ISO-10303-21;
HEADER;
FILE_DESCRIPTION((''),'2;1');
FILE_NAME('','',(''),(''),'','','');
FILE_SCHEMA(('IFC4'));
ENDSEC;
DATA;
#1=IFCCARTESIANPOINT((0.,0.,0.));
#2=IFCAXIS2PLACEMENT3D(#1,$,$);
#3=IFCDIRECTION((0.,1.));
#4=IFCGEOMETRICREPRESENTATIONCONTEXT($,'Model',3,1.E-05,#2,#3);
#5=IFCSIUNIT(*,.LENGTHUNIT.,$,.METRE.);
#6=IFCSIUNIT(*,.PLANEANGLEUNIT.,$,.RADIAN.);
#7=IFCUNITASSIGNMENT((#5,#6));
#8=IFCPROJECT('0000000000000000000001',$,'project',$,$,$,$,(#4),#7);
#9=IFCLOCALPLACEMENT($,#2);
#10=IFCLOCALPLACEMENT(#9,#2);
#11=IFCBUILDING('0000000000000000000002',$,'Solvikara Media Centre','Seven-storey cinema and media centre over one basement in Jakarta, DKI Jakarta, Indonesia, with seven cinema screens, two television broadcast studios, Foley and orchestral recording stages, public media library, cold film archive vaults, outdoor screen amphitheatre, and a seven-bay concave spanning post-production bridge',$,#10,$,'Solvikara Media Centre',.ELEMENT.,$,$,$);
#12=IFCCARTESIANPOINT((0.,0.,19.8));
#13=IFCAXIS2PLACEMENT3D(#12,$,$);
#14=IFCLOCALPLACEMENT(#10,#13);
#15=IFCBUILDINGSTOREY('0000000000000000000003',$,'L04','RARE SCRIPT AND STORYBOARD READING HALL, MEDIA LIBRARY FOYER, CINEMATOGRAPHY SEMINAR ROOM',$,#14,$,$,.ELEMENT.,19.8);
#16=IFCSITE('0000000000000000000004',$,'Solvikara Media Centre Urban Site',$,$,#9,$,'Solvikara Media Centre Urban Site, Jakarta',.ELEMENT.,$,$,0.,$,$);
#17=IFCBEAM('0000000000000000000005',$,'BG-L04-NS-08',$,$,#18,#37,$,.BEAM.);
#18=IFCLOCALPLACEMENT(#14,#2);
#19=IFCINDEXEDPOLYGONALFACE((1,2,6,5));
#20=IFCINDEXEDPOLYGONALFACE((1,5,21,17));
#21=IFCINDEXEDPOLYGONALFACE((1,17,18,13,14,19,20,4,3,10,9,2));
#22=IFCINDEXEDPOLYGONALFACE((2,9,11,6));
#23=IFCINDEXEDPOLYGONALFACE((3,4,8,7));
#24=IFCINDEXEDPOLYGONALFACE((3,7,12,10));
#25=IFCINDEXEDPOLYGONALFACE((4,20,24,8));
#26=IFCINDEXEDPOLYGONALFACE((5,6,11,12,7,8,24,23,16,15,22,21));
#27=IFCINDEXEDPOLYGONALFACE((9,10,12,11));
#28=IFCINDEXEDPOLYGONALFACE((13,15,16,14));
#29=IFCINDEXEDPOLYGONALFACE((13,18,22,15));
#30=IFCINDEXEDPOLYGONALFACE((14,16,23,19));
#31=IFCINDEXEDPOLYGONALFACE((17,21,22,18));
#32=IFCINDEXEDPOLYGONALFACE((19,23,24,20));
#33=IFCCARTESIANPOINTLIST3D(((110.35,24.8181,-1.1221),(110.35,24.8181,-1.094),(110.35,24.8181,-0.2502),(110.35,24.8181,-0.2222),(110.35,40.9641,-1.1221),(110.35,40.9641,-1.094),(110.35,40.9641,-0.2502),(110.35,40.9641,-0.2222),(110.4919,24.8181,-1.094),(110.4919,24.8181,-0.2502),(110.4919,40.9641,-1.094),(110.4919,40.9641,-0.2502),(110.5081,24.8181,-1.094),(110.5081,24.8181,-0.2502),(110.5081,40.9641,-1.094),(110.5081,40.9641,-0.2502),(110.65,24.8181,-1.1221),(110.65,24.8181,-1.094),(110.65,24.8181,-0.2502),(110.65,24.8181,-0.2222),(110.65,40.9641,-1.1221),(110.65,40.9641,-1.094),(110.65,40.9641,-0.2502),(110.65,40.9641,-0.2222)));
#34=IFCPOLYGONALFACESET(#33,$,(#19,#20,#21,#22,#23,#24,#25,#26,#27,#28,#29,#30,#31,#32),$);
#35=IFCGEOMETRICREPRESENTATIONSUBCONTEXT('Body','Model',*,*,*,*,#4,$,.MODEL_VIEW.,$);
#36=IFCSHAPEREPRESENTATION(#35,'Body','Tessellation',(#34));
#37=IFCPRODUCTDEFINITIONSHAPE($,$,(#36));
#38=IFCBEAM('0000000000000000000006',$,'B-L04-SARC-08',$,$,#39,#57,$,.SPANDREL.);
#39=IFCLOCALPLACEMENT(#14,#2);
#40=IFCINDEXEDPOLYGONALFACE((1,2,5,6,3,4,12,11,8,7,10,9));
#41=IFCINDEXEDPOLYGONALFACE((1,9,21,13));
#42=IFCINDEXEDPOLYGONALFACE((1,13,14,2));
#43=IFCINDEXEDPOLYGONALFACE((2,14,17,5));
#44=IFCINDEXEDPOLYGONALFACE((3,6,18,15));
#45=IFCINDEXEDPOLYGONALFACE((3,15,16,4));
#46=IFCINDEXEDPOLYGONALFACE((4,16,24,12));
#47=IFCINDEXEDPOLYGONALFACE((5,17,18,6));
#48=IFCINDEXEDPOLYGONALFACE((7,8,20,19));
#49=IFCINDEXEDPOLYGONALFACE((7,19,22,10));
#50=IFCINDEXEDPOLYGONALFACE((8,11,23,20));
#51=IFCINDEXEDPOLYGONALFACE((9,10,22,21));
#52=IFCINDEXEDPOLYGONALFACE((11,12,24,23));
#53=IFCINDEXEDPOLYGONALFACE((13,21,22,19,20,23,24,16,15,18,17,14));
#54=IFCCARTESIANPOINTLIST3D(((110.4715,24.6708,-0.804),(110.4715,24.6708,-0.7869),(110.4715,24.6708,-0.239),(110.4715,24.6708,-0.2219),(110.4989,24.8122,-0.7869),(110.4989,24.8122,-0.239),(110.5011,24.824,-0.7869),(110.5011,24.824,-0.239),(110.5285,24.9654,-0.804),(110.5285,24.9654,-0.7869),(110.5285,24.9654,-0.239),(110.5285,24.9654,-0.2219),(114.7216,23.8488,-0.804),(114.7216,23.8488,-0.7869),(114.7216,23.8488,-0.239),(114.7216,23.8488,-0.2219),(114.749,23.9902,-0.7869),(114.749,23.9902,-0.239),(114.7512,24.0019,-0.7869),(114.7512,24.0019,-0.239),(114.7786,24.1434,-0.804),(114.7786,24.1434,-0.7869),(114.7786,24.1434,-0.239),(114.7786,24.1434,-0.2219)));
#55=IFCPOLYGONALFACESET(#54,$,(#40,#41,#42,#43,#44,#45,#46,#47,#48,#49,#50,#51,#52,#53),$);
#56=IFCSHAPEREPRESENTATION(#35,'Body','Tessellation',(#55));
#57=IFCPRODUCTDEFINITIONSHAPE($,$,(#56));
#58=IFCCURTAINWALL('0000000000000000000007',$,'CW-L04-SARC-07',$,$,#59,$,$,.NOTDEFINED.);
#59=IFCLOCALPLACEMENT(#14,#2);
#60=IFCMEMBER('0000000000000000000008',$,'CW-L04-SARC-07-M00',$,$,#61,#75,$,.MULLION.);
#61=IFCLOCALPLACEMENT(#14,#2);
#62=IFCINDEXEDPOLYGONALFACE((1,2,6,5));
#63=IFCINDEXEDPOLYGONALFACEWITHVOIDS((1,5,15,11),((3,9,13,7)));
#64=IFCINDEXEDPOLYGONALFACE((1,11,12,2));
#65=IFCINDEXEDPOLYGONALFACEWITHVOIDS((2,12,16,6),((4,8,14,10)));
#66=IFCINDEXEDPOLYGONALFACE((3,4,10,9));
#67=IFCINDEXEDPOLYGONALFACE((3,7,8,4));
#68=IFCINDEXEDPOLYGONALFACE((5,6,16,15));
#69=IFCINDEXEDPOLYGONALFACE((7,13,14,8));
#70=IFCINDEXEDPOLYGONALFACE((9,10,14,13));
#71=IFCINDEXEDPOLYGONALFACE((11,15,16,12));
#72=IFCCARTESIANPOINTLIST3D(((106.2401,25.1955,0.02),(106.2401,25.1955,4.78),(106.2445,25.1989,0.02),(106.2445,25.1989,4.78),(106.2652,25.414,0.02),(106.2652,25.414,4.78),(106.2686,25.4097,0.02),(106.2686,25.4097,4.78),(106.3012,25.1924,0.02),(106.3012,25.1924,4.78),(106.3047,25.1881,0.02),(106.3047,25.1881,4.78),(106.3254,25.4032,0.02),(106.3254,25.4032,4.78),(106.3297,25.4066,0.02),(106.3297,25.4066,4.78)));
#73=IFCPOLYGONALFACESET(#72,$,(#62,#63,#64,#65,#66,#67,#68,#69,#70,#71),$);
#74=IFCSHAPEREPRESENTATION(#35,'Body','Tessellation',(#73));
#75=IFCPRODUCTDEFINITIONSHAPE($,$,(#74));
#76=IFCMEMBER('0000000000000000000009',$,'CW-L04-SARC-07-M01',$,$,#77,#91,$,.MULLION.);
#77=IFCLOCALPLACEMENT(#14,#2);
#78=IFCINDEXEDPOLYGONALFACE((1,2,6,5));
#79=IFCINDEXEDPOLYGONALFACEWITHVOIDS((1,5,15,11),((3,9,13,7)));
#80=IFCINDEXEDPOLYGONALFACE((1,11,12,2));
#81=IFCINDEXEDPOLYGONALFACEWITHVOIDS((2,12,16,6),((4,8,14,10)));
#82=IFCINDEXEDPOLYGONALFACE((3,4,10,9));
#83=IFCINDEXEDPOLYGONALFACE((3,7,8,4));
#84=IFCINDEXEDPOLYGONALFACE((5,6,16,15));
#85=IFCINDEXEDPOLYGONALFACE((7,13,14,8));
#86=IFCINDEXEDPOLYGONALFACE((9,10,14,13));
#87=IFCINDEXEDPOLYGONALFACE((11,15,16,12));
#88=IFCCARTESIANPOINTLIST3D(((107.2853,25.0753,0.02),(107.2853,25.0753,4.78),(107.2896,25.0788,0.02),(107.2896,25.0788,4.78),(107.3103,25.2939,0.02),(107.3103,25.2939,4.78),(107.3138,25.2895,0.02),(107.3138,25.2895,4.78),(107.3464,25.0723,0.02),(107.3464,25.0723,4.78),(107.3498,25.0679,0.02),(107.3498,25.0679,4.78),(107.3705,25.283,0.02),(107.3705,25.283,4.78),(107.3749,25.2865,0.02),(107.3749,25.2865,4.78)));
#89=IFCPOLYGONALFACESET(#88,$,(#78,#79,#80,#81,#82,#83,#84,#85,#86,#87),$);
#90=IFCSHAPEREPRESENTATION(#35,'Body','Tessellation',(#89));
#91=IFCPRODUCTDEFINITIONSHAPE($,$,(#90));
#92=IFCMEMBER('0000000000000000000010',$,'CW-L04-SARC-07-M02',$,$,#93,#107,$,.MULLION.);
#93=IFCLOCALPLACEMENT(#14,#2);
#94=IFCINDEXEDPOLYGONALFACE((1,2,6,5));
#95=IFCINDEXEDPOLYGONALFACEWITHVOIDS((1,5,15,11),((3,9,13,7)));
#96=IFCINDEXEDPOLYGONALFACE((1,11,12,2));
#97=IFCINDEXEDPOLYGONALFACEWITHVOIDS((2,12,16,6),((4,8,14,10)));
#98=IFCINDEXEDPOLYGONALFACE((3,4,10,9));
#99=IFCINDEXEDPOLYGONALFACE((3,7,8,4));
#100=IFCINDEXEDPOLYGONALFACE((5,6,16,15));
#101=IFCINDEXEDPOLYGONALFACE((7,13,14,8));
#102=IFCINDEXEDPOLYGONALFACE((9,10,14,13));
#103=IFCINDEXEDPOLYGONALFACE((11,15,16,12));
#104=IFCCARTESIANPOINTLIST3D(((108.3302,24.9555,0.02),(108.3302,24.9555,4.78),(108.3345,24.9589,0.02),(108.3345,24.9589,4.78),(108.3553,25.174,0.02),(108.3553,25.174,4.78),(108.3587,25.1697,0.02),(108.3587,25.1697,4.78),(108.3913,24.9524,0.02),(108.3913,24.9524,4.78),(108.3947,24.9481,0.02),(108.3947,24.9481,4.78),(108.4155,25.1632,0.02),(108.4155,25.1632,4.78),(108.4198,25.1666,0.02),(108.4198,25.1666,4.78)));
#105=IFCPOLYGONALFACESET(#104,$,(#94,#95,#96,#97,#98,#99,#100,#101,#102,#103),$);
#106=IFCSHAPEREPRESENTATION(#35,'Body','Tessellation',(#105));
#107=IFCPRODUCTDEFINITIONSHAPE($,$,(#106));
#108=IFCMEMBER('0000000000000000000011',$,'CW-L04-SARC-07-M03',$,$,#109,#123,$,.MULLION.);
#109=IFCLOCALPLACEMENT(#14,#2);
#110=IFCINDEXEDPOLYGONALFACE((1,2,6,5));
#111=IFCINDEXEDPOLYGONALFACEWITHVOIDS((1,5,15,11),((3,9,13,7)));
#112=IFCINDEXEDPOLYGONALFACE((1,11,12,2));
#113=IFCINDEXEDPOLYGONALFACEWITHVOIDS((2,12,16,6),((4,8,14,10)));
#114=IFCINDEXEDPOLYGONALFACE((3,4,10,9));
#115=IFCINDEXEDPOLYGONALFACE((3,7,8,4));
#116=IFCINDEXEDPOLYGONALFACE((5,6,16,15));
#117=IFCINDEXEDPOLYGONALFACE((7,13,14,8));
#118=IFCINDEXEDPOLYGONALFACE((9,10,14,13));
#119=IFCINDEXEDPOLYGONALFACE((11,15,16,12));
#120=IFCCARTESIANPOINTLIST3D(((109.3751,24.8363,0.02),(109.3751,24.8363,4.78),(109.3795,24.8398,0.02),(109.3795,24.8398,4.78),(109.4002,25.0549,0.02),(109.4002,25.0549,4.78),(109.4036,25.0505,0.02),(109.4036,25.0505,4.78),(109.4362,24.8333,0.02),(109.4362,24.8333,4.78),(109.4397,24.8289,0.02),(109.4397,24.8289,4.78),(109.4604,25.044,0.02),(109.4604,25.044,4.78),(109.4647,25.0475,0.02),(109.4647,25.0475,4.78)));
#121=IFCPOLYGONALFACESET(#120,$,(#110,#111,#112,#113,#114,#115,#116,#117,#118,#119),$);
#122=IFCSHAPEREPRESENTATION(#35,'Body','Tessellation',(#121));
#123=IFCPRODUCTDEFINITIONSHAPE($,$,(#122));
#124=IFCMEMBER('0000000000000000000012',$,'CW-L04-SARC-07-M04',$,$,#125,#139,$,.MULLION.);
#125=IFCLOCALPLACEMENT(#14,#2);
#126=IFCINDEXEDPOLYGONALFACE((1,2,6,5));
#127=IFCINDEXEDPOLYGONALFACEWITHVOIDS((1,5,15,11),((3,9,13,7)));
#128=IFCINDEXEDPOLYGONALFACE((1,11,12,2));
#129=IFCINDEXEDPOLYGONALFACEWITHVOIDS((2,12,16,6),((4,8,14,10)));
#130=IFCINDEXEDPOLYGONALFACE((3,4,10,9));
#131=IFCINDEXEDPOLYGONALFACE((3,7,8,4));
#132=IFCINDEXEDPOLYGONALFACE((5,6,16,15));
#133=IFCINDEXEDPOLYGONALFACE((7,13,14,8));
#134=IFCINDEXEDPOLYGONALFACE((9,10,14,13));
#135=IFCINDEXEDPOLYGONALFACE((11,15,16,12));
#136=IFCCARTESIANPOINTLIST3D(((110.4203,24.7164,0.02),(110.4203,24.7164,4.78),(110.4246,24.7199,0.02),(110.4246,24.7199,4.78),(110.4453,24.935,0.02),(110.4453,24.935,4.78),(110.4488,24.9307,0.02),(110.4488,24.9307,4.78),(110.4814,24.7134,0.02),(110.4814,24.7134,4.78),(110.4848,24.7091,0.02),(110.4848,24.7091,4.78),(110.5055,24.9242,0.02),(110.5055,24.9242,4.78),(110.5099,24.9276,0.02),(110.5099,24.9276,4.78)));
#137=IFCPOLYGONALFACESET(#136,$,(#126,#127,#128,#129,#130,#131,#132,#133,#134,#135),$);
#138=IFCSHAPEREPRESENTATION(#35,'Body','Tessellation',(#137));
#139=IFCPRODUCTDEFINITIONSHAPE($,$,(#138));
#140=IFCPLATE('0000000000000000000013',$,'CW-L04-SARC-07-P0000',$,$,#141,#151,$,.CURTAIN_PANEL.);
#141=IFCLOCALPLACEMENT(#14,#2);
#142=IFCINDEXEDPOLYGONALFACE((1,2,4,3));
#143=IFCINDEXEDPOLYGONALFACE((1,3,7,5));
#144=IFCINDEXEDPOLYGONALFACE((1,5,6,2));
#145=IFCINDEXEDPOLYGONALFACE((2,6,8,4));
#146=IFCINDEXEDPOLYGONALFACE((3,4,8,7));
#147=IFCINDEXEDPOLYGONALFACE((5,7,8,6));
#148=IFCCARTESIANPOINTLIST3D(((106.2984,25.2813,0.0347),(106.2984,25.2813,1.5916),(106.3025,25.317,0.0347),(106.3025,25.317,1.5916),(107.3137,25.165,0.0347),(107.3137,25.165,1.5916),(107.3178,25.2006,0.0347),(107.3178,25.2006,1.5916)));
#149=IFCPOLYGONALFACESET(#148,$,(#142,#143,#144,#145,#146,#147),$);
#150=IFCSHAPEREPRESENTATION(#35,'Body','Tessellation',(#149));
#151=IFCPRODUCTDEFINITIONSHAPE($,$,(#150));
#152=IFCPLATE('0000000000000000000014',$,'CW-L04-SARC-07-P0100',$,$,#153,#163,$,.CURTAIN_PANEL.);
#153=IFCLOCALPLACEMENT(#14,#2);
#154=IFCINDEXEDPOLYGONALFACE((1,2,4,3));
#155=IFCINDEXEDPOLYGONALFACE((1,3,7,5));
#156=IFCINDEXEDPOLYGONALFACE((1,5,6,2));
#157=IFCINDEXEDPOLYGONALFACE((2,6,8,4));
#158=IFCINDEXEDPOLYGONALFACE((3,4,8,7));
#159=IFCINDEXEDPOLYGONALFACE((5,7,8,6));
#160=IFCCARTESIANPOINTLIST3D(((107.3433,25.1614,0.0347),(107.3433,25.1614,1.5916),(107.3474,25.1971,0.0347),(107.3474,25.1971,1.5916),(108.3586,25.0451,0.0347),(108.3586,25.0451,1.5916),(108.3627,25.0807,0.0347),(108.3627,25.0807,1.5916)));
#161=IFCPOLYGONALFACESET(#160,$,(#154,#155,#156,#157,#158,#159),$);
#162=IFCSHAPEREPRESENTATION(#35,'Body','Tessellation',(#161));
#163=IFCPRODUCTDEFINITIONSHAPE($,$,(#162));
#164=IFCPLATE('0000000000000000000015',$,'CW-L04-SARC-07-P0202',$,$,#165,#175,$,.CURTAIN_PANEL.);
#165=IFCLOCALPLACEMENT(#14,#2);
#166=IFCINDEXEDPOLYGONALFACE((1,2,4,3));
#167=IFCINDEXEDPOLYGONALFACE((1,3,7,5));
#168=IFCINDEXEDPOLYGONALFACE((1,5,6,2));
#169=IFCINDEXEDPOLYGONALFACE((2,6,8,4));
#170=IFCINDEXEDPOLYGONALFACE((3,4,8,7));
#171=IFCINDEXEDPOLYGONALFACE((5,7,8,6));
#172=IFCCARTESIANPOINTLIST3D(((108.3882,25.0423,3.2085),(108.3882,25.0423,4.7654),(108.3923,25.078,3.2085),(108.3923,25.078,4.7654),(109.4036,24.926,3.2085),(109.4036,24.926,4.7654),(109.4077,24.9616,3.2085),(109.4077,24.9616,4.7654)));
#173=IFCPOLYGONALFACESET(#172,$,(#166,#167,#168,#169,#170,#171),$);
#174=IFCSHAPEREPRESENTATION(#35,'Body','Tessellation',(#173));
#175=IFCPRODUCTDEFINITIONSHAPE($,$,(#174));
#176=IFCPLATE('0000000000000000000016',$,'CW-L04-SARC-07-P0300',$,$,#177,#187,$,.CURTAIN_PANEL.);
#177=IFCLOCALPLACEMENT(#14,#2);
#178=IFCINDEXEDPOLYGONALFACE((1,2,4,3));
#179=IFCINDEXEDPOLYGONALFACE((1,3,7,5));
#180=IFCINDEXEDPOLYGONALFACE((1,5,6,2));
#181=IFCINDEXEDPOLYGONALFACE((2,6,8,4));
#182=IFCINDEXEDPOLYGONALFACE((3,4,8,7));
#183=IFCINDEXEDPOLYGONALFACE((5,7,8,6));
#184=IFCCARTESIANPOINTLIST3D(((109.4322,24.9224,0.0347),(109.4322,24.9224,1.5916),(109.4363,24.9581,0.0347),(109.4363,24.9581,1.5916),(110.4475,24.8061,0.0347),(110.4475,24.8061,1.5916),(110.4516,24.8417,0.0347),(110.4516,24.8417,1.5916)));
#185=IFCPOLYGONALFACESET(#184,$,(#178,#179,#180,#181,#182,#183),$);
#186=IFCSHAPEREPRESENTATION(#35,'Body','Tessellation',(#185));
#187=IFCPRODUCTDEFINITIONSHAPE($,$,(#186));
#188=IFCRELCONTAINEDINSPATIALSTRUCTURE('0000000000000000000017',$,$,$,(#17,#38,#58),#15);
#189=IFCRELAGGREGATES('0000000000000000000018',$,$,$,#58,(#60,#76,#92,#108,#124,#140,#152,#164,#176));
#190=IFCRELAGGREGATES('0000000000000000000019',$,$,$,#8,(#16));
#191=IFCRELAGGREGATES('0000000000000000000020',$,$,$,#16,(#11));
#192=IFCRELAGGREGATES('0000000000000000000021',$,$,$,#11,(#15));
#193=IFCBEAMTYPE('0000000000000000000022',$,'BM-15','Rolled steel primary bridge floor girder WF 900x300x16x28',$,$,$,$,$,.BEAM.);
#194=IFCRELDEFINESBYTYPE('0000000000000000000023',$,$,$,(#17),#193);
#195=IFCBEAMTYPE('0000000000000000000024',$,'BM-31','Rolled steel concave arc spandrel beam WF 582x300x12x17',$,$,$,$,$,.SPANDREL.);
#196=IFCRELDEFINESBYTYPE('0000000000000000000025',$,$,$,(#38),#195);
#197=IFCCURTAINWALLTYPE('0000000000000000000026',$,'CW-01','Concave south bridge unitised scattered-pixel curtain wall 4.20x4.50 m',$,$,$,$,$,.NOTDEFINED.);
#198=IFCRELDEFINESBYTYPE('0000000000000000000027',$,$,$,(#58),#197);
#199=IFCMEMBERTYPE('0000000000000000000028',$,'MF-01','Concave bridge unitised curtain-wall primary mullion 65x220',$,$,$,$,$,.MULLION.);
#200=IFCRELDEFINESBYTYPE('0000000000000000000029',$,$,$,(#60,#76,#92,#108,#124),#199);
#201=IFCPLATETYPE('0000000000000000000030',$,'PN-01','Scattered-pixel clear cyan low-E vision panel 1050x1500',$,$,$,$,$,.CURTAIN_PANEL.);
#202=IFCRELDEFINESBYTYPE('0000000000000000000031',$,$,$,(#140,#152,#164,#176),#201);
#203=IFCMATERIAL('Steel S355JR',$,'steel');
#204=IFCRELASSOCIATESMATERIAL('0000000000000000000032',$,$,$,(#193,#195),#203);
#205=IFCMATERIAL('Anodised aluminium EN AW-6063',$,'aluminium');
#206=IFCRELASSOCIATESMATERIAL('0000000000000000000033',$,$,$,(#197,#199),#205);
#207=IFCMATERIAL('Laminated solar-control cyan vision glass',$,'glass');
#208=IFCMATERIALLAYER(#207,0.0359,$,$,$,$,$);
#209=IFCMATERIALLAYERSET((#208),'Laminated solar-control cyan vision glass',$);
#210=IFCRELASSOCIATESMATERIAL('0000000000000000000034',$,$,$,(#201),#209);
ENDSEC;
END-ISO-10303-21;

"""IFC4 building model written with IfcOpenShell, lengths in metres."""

from ifc_helpers import new_model, si_unit, direction, frame, origin, origin_2d, place, context, subcontext, project, spatial, rectangle, hollow_rectangle, i_section, extrude, material, layer, layer_set, material_profile, profile_set, type_object, element, aggregate, save


model = new_model("IFC4")

# Units and contexts
model_context = context("Model", 3, precision=1e-05, world=origin(), true_north=direction((0.0, 1.0)))
body_context = subcontext(model_context, "Body", "Model", "MODEL_VIEW")
ifc_project = project(units=[si_unit("LENGTHUNIT", "METRE"), si_unit("PLANEANGLEUNIT", "RADIAN")], contexts=[model_context])

# Site, building, storey
site_placement = place(None, origin())
site = spatial("IfcSite", under=ifc_project, at=site_placement, Name="Solvikara Media Centre Urban Site", LongName="Solvikara Media Centre Urban Site, Jakarta", CompositionType="ELEMENT", RefElevation=0.0)
building_placement = place(site_placement, origin())
building = spatial("IfcBuilding", under=site, at=building_placement, Name="Solvikara Media Centre", Description="Seven-storey cinema and media centre over one basement in Jakarta, DKI Jakarta, Indonesia, with seven cinema screens, two television broadcast studios, Foley and orchestral recording stages, public media library, cold film archive vaults, outdoor screen amphitheatre, and a seven-bay concave spanning post-production bridge", LongName="Solvikara Media Centre", CompositionType="ELEMENT")
storey_placement = place(building_placement, frame((0.0, 0.0, 19.8)))
storey = spatial("IfcBuildingStorey", under=building, at=storey_placement, Name="L04", Description="RARE SCRIPT AND STORYBOARD READING HALL, MEDIA LIBRARY FOYER, CINEMATOGRAPHY SEMINAR ROOM", CompositionType="ELEMENT", Elevation=19.8)

# Beams
ifc_material_1 = material(Name="Steel S355JR", Category="steel")
ifc_material_profile_1 = material_profile(ifc_material_1, i_section(OverallWidth=0.3, OverallDepth=0.8999, WebThickness=0.0161, FlangeThickness=0.0281, at=origin_2d()), Name="WF 900x300x16x28")
ifc_profile_set_1 = profile_set([ifc_material_profile_1], Name="Steel S355JR")
beam_type_1 = type_object("IfcBeamType", Name="BM-15", Description="Rolled steel primary bridge floor girder WF 900x300x16x28", PredefinedType="BEAM", material=ifc_profile_set_1)
beam_1_placement = place(storey_placement, frame((110.5, 24.8181, -0.6721), z_axis=(0.0, 1.0, 0.0), x_axis=(-1.0, 0.0, 0.0)))
element("IfcBeam", 1, at=beam_1_placement, inside=storey, type_object=beam_type_1, Name="BG-L04-NS-08", PredefinedType="BEAM", context=body_context, shape_type="SweptSolid", body=[
    extrude(i_section(OverallWidth=0.3, OverallDepth=0.8999, WebThickness=0.0161, FlangeThickness=0.0281, at=origin_2d()), origin(), (0.0, 0.0, 1.0), 16.146),
])
ifc_material_profile_2 = material_profile(ifc_material_1, i_section(OverallWidth=0.3, OverallDepth=0.582, WebThickness=0.012, FlangeThickness=0.0171, at=origin_2d()), Name="WF 582x300x12x17")
ifc_profile_set_2 = profile_set([ifc_material_profile_2], Name="Steel S355JR")
beam_type_2 = type_object("IfcBeamType", Name="BM-31", Description="Rolled steel concave arc spandrel beam WF 582x300x12x17", PredefinedType="SPANDREL", material=ifc_profile_set_2)
beam_2_placement = place(storey_placement, frame((110.5, 24.8181, -0.5129), z_axis=(0.981804, -0.189897, 0.0), x_axis=(0.189897, 0.981804, 0.0)))
element("IfcBeam", 2, at=beam_2_placement, inside=storey, type_object=beam_type_2, Name="B-L04-SARC-08", PredefinedType="SPANDREL", context=body_context, shape_type="SweptSolid", body=[
    extrude(i_section(OverallWidth=0.3, OverallDepth=0.582, WebThickness=0.012, FlangeThickness=0.0171, at=origin_2d()), origin(), (0.0, 0.0, 1.0), 4.3289),
])

# Curtain wall, members, plates
ifc_material_2 = material(Name="Anodised aluminium EN AW-6063", Category="aluminium")
curtain_wall_type = type_object("IfcCurtainWallType", Name="CW-01", Description="Concave south bridge unitised scattered-pixel curtain wall 4.20x4.50 m", PredefinedType="NOTDEFINED", material=ifc_material_2)
curtain_wall_placement = place(storey_placement, origin())
curtain_wall = element("IfcCurtainWall", 3, at=curtain_wall_placement, inside=storey, type_object=curtain_wall_type, Name="CW-L04-SARC-07", PredefinedType="NOTDEFINED")
ifc_material_profile_3 = material_profile(ifc_material_2, hollow_rectangle(XDim=0.0649, YDim=0.22, WallThickness=0.0039, at=origin_2d()), Name="ALU-M 65x220x4")
ifc_profile_set_3 = profile_set([ifc_material_profile_3], Name="Anodised aluminium EN AW-6063")
member_type = type_object("IfcMemberType", Name="MF-01", Description="Concave bridge unitised curtain-wall primary mullion 65x220", PredefinedType="MULLION", material=ifc_profile_set_3)
member_1_placement = place(storey_placement, frame((106.2849, 25.301, 0.02), z_axis=(0.0, 0.0, 1.0), x_axis=(0.993499, -0.113845, 0.0)))
member_1 = element("IfcMember", 4, at=member_1_placement, type_object=member_type, Name="CW-L04-SARC-07-M00", PredefinedType="MULLION", context=body_context, shape_type="SweptSolid", body=[
    extrude(hollow_rectangle(XDim=0.0649, YDim=0.22, WallThickness=0.0039, at=origin_2d()), origin(), (0.0, 0.0, 1.0), 4.76),
])
member_2_placement = place(storey_placement, frame((107.3301, 25.1809, 0.02), z_axis=(0.0, 0.0, 1.0), x_axis=(0.993499, -0.113845, 0.0)))
member_2 = element("IfcMember", 5, at=member_2_placement, type_object=member_type, Name="CW-L04-SARC-07-M01", PredefinedType="MULLION", context=body_context, shape_type="SweptSolid", body=[
    extrude(hollow_rectangle(XDim=0.0649, YDim=0.22, WallThickness=0.0039, at=origin_2d()), origin(), (0.0, 0.0, 1.0), 4.76),
])
member_3_placement = place(storey_placement, frame((108.375, 25.061, 0.02), z_axis=(0.0, 0.0, 1.0), x_axis=(0.993499, -0.113845, 0.0)))
member_3 = element("IfcMember", 6, at=member_3_placement, type_object=member_type, Name="CW-L04-SARC-07-M02", PredefinedType="MULLION", context=body_context, shape_type="SweptSolid", body=[
    extrude(hollow_rectangle(XDim=0.0649, YDim=0.22, WallThickness=0.0039, at=origin_2d()), origin(), (0.0, 0.0, 1.0), 4.76),
])
member_4_placement = place(storey_placement, frame((109.4199, 24.9419, 0.02), z_axis=(0.0, 0.0, 1.0), x_axis=(0.993499, -0.113845, 0.0)))
member_4 = element("IfcMember", 7, at=member_4_placement, type_object=member_type, Name="CW-L04-SARC-07-M03", PredefinedType="MULLION", context=body_context, shape_type="SweptSolid", body=[
    extrude(hollow_rectangle(XDim=0.0649, YDim=0.22, WallThickness=0.0039, at=origin_2d()), origin(), (0.0, 0.0, 1.0), 4.76),
])
member_5_placement = place(storey_placement, frame((110.4651, 24.822, 0.02), z_axis=(0.0, 0.0, 1.0), x_axis=(0.993499, -0.113845, 0.0)))
member_5 = element("IfcMember", 8, at=member_5_placement, type_object=member_type, Name="CW-L04-SARC-07-M04", PredefinedType="MULLION", context=body_context, shape_type="SweptSolid", body=[
    extrude(hollow_rectangle(XDim=0.0649, YDim=0.22, WallThickness=0.0039, at=origin_2d()), origin(), (0.0, 0.0, 1.0), 4.76),
])
ifc_material_3 = material(Name="Laminated solar-control cyan vision glass", Category="glass")
ifc_layer_1 = layer(ifc_material_3, 0.0359)
ifc_layer_set_1 = layer_set([ifc_layer_1], Name="Laminated solar-control cyan vision glass")
plate_type_1 = type_object("IfcPlateType", Name="PN-01", Description="Scattered-pixel clear cyan low-E vision panel 1050x1500", PredefinedType="CURTAIN_PANEL", material=ifc_layer_set_1)
plate_1_placement = place(storey_placement, frame((106.8081, 25.241, 0.0347), z_axis=(0.0, 0.0, 1.0), x_axis=(0.993499, -0.113845, 0.0)))
plate_1 = element("IfcPlate", 9, at=plate_1_placement, type_object=plate_type_1, Name="CW-L04-SARC-07-P0000", PredefinedType="CURTAIN_PANEL", context=body_context, shape_type="SweptSolid", body=[
    extrude(rectangle(XDim=1.022, YDim=0.0359, at=origin_2d()), origin(), (0.0, 0.0, 1.0), 1.5569),
])
plate_2_placement = place(storey_placement, frame((107.853, 25.1211, 0.0347), z_axis=(0.0, 0.0, 1.0), x_axis=(0.993499, -0.113845, 0.0)))
plate_2 = element("IfcPlate", 10, at=plate_2_placement, type_object=plate_type_1, Name="CW-L04-SARC-07-P0100", PredefinedType="CURTAIN_PANEL", context=body_context, shape_type="SweptSolid", body=[
    extrude(rectangle(XDim=1.022, YDim=0.0359, at=origin_2d()), origin(), (0.0, 0.0, 1.0), 1.5569),
])
plate_3_placement = place(storey_placement, frame((108.8979, 25.002, 3.2085), z_axis=(0.0, 0.0, 1.0), x_axis=(0.993499, -0.113845, 0.0)))
plate_3 = element("IfcPlate", 11, at=plate_3_placement, type_object=plate_type_1, Name="CW-L04-SARC-07-P0202", PredefinedType="CURTAIN_PANEL", context=body_context, shape_type="SweptSolid", body=[
    extrude(rectangle(XDim=1.022, YDim=0.0359, at=origin_2d()), origin(), (0.0, 0.0, 1.0), 1.5569),
])
plate_4_placement = place(storey_placement, frame((109.9419, 24.8821, 0.0347), z_axis=(0.0, 0.0, 1.0), x_axis=(0.993499, -0.113845, 0.0)))
plate_4 = element("IfcPlate", 12, at=plate_4_placement, type_object=plate_type_1, Name="CW-L04-SARC-07-P0300", PredefinedType="CURTAIN_PANEL", context=body_context, shape_type="SweptSolid", body=[
    extrude(rectangle(XDim=1.022, YDim=0.0359, at=origin_2d()), origin(), (0.0, 0.0, 1.0), 1.5569),
])
aggregate(curtain_wall, [member_1, member_2, member_3, member_4, member_5, plate_1, plate_2, plate_3, plate_4])

save(model, "model.ifc")
